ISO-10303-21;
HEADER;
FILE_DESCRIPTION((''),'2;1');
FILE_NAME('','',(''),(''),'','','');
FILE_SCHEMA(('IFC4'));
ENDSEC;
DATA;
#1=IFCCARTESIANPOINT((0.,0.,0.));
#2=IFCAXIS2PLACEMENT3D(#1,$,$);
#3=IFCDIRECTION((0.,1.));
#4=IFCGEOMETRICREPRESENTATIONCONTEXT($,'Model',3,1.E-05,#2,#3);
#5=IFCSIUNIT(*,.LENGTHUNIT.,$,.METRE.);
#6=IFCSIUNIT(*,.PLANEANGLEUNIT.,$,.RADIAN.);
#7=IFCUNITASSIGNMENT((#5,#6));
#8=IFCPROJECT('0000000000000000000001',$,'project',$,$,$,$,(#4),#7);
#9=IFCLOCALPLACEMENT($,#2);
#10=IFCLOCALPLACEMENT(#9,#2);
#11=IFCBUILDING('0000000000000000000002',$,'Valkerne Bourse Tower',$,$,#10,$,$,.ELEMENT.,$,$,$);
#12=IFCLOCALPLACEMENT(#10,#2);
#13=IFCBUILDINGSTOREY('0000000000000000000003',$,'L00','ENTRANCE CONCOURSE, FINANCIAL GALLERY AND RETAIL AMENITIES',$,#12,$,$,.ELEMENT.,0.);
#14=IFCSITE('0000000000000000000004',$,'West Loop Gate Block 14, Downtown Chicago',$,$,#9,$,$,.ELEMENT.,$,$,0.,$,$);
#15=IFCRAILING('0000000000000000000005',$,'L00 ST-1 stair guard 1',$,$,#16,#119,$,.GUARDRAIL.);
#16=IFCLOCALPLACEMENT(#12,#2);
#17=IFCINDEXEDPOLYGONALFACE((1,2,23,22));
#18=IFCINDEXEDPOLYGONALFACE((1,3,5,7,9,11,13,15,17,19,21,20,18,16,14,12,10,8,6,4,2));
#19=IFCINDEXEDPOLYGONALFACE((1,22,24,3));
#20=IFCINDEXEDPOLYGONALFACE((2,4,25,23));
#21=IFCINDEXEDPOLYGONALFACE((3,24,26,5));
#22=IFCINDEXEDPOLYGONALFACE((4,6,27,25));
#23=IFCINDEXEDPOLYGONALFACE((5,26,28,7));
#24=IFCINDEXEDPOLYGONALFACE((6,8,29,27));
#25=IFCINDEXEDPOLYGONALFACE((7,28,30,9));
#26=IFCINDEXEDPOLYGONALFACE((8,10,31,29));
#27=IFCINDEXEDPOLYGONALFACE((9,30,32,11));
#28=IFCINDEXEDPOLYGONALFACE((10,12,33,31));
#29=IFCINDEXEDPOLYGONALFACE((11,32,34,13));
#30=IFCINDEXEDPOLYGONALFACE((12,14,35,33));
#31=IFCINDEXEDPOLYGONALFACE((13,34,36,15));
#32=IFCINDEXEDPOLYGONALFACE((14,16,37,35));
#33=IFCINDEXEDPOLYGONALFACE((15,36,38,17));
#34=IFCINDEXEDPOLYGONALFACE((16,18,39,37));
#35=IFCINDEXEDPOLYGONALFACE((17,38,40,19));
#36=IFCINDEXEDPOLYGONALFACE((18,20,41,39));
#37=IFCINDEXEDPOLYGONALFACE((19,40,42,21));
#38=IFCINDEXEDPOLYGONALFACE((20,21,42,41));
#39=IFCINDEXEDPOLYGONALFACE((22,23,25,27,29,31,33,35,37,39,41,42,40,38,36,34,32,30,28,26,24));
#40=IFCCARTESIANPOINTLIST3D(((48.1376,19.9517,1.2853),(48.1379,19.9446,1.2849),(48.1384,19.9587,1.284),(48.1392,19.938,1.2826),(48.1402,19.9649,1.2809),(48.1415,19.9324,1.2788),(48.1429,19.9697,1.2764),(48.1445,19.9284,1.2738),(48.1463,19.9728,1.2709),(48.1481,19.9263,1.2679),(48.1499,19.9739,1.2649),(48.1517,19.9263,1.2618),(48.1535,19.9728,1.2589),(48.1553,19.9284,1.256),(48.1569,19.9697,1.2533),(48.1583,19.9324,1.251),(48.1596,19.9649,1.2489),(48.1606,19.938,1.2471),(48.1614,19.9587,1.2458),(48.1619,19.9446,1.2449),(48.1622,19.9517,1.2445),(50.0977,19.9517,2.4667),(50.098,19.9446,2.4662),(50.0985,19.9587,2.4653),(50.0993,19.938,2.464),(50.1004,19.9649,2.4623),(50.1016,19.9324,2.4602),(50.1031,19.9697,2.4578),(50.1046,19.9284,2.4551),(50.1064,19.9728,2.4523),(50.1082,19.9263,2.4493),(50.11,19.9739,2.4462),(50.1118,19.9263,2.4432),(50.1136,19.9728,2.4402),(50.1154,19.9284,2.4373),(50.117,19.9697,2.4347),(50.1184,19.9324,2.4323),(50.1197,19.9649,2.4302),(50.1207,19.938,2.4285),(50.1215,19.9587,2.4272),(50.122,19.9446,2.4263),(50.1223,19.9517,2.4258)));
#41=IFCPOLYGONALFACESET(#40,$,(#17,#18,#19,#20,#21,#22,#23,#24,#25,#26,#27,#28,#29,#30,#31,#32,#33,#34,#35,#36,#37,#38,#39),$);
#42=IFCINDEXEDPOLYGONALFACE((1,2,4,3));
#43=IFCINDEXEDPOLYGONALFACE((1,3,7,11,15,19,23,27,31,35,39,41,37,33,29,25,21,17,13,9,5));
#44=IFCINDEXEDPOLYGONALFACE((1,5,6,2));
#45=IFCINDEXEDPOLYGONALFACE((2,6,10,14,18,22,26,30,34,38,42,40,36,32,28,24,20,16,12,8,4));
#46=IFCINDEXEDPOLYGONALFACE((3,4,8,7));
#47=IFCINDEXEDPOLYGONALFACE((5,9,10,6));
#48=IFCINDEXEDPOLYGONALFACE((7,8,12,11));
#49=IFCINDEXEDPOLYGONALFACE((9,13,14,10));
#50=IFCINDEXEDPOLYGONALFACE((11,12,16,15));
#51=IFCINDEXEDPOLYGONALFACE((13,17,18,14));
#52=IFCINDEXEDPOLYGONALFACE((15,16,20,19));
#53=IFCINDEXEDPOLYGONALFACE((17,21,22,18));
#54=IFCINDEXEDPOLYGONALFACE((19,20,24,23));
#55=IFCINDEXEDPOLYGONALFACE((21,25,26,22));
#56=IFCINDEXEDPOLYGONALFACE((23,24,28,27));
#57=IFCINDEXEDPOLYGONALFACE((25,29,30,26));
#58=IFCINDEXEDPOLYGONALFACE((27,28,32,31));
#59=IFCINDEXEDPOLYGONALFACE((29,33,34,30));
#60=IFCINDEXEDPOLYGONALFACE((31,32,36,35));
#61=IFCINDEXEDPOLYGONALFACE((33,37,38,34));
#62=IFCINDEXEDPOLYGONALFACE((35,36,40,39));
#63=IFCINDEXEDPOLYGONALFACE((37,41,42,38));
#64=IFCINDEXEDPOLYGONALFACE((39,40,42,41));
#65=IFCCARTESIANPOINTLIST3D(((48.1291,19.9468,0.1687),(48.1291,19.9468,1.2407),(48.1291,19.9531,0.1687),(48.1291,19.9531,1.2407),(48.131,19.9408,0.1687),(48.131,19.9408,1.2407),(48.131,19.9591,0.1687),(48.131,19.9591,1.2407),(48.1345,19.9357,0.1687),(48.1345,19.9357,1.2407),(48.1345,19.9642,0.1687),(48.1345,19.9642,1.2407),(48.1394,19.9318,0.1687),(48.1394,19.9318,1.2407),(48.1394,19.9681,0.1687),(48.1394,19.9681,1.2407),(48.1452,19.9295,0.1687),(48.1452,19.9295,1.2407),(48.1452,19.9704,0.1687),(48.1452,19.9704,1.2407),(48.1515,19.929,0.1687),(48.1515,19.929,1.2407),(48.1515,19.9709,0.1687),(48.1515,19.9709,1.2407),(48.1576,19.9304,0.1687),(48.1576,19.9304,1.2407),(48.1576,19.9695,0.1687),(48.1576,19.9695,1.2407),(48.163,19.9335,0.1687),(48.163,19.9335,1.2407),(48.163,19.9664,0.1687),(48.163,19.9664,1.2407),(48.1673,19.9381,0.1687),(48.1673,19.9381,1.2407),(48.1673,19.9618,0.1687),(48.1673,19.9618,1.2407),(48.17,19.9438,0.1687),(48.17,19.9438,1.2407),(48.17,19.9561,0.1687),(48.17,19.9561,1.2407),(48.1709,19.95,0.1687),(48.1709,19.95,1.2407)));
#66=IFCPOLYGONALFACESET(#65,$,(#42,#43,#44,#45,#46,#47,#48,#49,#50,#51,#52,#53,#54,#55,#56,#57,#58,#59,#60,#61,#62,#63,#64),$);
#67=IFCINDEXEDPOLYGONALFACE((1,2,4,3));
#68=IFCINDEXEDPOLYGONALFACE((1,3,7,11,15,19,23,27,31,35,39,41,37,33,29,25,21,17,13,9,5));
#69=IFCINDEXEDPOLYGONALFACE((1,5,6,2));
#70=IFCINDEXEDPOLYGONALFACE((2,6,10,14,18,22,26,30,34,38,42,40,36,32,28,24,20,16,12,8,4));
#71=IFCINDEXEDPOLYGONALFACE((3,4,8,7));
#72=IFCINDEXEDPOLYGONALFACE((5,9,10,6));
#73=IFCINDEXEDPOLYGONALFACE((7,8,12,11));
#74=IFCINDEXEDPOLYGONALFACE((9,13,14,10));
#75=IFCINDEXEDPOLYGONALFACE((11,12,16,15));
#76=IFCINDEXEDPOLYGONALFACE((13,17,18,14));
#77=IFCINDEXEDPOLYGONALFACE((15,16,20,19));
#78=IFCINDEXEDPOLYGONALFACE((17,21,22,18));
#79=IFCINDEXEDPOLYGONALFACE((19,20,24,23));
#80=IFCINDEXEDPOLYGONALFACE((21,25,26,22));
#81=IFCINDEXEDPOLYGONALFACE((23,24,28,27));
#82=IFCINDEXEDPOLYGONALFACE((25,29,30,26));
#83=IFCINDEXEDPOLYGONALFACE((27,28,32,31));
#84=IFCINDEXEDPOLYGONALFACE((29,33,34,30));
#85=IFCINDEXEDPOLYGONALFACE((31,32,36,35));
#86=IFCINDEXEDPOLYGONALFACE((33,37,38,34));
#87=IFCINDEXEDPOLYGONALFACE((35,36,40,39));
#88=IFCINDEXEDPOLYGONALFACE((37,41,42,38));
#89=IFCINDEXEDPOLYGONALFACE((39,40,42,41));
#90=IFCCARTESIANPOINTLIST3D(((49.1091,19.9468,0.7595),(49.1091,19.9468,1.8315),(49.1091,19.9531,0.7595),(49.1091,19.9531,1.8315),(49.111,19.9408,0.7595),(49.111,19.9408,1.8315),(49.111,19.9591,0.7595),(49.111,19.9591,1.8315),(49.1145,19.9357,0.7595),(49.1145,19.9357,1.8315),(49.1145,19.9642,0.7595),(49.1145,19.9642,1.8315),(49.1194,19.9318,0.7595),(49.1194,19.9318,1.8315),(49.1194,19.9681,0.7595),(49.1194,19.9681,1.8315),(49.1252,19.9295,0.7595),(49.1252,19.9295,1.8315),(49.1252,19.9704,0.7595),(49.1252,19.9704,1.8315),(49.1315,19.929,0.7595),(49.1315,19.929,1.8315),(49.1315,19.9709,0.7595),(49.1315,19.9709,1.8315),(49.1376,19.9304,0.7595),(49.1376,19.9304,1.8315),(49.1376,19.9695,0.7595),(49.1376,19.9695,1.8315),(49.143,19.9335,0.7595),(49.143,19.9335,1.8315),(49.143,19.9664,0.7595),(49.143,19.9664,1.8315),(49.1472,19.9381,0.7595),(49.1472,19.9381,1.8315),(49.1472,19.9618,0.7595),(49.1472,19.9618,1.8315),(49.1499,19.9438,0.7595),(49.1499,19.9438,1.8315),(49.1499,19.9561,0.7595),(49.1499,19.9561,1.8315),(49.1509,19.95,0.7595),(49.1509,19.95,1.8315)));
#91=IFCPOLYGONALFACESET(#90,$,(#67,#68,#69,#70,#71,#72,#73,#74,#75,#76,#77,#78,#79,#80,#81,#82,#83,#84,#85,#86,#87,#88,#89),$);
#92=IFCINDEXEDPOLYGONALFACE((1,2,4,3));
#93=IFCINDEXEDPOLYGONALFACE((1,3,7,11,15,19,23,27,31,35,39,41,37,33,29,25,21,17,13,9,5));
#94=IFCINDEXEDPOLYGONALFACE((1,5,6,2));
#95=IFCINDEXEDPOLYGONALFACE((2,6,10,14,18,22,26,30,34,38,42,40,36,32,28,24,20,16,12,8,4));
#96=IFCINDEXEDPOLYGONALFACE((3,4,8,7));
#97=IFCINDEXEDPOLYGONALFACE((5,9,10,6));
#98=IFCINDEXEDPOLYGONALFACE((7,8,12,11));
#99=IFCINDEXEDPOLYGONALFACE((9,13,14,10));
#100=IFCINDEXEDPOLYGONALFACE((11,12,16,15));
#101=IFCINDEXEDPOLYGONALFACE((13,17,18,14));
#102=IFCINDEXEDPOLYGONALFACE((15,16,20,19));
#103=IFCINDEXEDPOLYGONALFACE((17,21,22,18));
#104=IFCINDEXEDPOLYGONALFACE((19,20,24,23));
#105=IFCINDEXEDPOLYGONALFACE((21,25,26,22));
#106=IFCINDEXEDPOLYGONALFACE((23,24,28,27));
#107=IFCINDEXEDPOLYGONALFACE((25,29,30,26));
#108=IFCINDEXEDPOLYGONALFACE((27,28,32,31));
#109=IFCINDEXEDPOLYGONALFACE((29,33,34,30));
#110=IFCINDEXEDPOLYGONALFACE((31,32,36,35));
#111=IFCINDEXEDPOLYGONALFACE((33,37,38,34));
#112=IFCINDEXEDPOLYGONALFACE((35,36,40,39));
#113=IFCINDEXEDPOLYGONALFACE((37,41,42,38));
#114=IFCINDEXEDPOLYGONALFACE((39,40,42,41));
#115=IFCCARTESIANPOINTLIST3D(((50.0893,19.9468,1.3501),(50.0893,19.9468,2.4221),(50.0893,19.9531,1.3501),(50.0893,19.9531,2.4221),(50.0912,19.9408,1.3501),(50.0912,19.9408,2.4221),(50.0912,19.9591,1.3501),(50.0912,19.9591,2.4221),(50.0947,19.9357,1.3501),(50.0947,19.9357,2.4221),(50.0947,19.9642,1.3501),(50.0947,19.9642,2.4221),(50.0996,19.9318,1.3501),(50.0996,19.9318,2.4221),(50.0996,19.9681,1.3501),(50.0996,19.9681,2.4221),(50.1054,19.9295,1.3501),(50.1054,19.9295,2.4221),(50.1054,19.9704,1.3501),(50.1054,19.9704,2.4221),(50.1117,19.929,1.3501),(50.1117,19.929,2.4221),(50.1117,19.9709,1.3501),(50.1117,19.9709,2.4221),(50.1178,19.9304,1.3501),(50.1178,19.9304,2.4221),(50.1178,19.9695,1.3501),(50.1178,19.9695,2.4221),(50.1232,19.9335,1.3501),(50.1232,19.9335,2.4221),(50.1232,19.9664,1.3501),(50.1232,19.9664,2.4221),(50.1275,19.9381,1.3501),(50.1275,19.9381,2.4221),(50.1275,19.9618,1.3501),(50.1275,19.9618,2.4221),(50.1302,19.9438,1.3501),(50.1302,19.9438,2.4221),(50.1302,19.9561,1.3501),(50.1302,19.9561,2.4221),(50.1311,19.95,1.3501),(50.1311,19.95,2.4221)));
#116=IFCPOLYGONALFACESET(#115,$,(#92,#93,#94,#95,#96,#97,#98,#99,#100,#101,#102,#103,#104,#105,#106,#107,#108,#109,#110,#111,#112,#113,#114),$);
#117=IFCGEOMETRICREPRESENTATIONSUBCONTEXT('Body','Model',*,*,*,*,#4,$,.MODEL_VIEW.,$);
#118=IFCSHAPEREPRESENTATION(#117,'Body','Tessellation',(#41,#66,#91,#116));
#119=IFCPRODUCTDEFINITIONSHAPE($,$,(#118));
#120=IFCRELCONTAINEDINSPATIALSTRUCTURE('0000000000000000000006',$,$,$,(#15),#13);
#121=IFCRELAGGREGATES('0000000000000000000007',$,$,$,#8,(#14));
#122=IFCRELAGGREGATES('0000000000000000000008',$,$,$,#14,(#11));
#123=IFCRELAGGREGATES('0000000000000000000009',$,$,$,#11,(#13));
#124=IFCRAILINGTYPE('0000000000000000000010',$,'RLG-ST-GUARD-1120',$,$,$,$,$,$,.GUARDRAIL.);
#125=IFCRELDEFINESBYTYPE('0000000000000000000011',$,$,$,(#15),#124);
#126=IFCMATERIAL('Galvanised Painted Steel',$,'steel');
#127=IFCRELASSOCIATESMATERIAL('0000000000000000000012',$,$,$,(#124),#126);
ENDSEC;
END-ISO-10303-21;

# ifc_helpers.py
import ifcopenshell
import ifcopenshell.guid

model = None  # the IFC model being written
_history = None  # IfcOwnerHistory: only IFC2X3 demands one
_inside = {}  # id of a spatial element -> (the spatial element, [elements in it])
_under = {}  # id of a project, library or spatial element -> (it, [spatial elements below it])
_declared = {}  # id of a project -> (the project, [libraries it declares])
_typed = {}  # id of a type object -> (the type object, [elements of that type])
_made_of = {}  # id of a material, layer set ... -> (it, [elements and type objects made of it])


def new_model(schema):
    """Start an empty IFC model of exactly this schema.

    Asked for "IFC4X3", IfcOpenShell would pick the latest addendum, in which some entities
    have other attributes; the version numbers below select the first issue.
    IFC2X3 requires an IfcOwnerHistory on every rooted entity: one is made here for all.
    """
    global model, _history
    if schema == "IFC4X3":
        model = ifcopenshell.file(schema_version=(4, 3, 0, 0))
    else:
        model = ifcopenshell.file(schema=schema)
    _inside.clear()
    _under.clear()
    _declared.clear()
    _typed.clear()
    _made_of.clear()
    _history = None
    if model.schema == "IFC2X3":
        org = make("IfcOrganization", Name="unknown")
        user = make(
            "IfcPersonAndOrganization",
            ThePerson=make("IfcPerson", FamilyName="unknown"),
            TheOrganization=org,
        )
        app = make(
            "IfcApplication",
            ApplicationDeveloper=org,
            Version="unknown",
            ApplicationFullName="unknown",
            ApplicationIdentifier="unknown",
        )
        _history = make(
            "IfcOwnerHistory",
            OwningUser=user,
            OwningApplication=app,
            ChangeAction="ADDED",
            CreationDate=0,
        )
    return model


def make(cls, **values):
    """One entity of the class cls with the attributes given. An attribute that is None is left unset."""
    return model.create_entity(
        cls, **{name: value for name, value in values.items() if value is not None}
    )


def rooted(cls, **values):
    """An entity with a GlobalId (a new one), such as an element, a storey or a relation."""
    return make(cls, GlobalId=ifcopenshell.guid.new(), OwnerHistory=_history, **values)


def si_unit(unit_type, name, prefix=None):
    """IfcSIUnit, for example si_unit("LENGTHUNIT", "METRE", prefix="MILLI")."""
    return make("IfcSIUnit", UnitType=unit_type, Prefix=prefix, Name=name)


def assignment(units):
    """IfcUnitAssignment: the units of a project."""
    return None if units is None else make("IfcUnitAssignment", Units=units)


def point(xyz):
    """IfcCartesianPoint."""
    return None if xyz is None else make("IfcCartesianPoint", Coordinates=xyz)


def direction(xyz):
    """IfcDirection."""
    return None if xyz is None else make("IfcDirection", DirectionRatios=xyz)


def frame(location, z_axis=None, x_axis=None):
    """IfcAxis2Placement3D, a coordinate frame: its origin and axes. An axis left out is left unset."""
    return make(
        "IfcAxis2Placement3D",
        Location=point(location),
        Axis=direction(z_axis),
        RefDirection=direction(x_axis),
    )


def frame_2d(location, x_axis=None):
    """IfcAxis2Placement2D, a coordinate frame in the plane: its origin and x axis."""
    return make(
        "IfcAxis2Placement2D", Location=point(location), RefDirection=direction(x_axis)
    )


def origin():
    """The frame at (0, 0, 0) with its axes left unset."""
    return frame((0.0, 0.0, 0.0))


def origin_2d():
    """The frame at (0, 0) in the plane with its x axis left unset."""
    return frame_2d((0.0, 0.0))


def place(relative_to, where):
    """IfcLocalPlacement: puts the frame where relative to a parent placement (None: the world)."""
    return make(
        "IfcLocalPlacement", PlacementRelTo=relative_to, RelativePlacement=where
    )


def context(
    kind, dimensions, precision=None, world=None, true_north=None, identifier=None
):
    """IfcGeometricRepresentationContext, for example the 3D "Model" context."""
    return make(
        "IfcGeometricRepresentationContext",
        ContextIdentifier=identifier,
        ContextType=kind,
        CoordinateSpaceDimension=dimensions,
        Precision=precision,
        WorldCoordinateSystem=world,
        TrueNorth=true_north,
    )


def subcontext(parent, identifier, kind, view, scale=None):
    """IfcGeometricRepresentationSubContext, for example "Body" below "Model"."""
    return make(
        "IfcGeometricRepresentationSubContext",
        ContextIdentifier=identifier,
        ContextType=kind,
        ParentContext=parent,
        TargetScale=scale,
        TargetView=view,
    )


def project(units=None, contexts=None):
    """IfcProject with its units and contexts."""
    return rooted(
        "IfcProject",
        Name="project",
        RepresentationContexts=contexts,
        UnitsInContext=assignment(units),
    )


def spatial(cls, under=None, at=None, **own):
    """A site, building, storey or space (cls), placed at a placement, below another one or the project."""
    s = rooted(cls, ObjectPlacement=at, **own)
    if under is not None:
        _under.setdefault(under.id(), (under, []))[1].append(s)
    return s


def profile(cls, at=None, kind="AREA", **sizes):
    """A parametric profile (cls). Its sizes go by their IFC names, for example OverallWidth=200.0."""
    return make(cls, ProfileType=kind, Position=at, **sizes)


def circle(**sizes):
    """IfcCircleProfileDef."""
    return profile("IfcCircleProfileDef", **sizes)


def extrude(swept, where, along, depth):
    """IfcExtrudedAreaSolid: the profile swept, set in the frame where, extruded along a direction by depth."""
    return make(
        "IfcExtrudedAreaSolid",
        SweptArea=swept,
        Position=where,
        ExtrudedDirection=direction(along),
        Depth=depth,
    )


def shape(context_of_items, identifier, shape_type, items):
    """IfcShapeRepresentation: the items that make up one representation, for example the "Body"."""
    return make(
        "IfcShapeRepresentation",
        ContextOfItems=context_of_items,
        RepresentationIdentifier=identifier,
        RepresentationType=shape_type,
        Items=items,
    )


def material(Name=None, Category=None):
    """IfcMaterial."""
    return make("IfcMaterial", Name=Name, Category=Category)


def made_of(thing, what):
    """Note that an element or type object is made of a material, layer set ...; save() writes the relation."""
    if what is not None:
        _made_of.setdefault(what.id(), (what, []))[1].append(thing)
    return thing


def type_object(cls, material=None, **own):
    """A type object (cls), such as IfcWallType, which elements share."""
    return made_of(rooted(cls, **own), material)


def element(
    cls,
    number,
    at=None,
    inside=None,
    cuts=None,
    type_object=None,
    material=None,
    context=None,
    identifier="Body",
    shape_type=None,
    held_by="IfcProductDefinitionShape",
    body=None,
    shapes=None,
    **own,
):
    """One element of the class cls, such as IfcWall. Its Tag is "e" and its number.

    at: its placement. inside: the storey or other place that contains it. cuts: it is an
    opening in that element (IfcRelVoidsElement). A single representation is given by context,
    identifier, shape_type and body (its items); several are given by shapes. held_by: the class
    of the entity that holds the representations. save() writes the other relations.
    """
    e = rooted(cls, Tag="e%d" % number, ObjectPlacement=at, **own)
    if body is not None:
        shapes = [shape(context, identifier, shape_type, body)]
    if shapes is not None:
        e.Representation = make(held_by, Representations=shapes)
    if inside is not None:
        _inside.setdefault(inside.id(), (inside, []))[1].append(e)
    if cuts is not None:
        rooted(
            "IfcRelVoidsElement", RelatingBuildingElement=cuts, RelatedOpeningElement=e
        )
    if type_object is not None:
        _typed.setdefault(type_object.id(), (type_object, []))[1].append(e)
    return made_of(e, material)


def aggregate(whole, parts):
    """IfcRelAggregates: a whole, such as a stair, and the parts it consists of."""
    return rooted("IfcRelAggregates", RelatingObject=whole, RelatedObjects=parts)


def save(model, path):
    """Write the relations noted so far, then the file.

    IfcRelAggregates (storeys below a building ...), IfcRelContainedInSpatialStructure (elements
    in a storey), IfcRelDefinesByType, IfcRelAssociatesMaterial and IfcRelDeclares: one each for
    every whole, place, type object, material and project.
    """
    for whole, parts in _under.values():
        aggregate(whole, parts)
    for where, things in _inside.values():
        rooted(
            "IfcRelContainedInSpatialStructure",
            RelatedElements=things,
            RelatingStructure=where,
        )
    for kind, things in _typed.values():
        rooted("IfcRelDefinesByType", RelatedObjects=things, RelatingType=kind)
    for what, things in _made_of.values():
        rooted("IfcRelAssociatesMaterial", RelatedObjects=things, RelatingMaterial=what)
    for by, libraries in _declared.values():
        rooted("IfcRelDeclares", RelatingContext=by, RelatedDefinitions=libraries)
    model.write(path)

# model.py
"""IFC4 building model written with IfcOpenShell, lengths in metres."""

from ifc_helpers import new_model, si_unit, direction, frame, origin, origin_2d, place, context, subcontext, project, spatial, circle, extrude, material, type_object, element, save


model = new_model("IFC4")

# Units and contexts
model_context = context("Model", 3, precision=1e-05, world=origin(), true_north=direction((0.0, 1.0)))
body_context = subcontext(model_context, "Body", "Model", "MODEL_VIEW")
ifc_project = project(units=[si_unit("LENGTHUNIT", "METRE"), si_unit("PLANEANGLEUNIT", "RADIAN")], contexts=[model_context])

# Site, building, storey
site_placement = place(None, origin())
site = spatial("IfcSite", under=ifc_project, at=site_placement, Name="West Loop Gate Block 14, Downtown Chicago", CompositionType="ELEMENT", RefElevation=0.0)
building_placement = place(site_placement, origin())
building = spatial("IfcBuilding", under=site, at=building_placement, Name="Valkerne Bourse Tower", CompositionType="ELEMENT")
storey_placement = place(building_placement, origin())
storey = spatial("IfcBuildingStorey", under=building, at=storey_placement, Name="L00", Description="ENTRANCE CONCOURSE, FINANCIAL GALLERY AND RETAIL AMENITIES", CompositionType="ELEMENT", Elevation=0.0)

# Railing
ifc_material_1 = material(Name="Galvanised Painted Steel", Category="steel")
railing_type_1 = type_object("IfcRailingType", Name="RLG-ST-GUARD-1120", PredefinedType="GUARDRAIL", material=ifc_material_1)
railing_1_placement = place(storey_placement, frame((48.1499, 19.95, 0.1687)))
element("IfcRailing", 1, at=railing_1_placement, inside=storey, type_object=railing_type_1, Name="L00 ST-1 stair guard 1", PredefinedType="GUARDRAIL", context=body_context, shape_type="SweptSolid", body=[
    extrude(circle(Radius=0.0239, at=origin_2d()), frame((0.0, 0.0, 1.0962), z_axis=(0.856475, 0.0, 0.516189), x_axis=(0.0, 1.0, 0.0)), (0.0, 0.0, 1.0), 2.2886),
    extrude(circle(Radius=0.021, at=origin_2d()), origin(), (0.0, 0.0, 1.0), 1.072),
    extrude(circle(Radius=0.021, at=origin_2d()), frame((0.98, 0.0, 0.5908)), (0.0, 0.0, 1.0), 1.072),
    extrude(circle(Radius=0.021, at=origin_2d()), frame((1.9602, 0.0, 1.1814)), (0.0, 0.0, 1.0), 1.072),
])

save(model, "model.ifc")
